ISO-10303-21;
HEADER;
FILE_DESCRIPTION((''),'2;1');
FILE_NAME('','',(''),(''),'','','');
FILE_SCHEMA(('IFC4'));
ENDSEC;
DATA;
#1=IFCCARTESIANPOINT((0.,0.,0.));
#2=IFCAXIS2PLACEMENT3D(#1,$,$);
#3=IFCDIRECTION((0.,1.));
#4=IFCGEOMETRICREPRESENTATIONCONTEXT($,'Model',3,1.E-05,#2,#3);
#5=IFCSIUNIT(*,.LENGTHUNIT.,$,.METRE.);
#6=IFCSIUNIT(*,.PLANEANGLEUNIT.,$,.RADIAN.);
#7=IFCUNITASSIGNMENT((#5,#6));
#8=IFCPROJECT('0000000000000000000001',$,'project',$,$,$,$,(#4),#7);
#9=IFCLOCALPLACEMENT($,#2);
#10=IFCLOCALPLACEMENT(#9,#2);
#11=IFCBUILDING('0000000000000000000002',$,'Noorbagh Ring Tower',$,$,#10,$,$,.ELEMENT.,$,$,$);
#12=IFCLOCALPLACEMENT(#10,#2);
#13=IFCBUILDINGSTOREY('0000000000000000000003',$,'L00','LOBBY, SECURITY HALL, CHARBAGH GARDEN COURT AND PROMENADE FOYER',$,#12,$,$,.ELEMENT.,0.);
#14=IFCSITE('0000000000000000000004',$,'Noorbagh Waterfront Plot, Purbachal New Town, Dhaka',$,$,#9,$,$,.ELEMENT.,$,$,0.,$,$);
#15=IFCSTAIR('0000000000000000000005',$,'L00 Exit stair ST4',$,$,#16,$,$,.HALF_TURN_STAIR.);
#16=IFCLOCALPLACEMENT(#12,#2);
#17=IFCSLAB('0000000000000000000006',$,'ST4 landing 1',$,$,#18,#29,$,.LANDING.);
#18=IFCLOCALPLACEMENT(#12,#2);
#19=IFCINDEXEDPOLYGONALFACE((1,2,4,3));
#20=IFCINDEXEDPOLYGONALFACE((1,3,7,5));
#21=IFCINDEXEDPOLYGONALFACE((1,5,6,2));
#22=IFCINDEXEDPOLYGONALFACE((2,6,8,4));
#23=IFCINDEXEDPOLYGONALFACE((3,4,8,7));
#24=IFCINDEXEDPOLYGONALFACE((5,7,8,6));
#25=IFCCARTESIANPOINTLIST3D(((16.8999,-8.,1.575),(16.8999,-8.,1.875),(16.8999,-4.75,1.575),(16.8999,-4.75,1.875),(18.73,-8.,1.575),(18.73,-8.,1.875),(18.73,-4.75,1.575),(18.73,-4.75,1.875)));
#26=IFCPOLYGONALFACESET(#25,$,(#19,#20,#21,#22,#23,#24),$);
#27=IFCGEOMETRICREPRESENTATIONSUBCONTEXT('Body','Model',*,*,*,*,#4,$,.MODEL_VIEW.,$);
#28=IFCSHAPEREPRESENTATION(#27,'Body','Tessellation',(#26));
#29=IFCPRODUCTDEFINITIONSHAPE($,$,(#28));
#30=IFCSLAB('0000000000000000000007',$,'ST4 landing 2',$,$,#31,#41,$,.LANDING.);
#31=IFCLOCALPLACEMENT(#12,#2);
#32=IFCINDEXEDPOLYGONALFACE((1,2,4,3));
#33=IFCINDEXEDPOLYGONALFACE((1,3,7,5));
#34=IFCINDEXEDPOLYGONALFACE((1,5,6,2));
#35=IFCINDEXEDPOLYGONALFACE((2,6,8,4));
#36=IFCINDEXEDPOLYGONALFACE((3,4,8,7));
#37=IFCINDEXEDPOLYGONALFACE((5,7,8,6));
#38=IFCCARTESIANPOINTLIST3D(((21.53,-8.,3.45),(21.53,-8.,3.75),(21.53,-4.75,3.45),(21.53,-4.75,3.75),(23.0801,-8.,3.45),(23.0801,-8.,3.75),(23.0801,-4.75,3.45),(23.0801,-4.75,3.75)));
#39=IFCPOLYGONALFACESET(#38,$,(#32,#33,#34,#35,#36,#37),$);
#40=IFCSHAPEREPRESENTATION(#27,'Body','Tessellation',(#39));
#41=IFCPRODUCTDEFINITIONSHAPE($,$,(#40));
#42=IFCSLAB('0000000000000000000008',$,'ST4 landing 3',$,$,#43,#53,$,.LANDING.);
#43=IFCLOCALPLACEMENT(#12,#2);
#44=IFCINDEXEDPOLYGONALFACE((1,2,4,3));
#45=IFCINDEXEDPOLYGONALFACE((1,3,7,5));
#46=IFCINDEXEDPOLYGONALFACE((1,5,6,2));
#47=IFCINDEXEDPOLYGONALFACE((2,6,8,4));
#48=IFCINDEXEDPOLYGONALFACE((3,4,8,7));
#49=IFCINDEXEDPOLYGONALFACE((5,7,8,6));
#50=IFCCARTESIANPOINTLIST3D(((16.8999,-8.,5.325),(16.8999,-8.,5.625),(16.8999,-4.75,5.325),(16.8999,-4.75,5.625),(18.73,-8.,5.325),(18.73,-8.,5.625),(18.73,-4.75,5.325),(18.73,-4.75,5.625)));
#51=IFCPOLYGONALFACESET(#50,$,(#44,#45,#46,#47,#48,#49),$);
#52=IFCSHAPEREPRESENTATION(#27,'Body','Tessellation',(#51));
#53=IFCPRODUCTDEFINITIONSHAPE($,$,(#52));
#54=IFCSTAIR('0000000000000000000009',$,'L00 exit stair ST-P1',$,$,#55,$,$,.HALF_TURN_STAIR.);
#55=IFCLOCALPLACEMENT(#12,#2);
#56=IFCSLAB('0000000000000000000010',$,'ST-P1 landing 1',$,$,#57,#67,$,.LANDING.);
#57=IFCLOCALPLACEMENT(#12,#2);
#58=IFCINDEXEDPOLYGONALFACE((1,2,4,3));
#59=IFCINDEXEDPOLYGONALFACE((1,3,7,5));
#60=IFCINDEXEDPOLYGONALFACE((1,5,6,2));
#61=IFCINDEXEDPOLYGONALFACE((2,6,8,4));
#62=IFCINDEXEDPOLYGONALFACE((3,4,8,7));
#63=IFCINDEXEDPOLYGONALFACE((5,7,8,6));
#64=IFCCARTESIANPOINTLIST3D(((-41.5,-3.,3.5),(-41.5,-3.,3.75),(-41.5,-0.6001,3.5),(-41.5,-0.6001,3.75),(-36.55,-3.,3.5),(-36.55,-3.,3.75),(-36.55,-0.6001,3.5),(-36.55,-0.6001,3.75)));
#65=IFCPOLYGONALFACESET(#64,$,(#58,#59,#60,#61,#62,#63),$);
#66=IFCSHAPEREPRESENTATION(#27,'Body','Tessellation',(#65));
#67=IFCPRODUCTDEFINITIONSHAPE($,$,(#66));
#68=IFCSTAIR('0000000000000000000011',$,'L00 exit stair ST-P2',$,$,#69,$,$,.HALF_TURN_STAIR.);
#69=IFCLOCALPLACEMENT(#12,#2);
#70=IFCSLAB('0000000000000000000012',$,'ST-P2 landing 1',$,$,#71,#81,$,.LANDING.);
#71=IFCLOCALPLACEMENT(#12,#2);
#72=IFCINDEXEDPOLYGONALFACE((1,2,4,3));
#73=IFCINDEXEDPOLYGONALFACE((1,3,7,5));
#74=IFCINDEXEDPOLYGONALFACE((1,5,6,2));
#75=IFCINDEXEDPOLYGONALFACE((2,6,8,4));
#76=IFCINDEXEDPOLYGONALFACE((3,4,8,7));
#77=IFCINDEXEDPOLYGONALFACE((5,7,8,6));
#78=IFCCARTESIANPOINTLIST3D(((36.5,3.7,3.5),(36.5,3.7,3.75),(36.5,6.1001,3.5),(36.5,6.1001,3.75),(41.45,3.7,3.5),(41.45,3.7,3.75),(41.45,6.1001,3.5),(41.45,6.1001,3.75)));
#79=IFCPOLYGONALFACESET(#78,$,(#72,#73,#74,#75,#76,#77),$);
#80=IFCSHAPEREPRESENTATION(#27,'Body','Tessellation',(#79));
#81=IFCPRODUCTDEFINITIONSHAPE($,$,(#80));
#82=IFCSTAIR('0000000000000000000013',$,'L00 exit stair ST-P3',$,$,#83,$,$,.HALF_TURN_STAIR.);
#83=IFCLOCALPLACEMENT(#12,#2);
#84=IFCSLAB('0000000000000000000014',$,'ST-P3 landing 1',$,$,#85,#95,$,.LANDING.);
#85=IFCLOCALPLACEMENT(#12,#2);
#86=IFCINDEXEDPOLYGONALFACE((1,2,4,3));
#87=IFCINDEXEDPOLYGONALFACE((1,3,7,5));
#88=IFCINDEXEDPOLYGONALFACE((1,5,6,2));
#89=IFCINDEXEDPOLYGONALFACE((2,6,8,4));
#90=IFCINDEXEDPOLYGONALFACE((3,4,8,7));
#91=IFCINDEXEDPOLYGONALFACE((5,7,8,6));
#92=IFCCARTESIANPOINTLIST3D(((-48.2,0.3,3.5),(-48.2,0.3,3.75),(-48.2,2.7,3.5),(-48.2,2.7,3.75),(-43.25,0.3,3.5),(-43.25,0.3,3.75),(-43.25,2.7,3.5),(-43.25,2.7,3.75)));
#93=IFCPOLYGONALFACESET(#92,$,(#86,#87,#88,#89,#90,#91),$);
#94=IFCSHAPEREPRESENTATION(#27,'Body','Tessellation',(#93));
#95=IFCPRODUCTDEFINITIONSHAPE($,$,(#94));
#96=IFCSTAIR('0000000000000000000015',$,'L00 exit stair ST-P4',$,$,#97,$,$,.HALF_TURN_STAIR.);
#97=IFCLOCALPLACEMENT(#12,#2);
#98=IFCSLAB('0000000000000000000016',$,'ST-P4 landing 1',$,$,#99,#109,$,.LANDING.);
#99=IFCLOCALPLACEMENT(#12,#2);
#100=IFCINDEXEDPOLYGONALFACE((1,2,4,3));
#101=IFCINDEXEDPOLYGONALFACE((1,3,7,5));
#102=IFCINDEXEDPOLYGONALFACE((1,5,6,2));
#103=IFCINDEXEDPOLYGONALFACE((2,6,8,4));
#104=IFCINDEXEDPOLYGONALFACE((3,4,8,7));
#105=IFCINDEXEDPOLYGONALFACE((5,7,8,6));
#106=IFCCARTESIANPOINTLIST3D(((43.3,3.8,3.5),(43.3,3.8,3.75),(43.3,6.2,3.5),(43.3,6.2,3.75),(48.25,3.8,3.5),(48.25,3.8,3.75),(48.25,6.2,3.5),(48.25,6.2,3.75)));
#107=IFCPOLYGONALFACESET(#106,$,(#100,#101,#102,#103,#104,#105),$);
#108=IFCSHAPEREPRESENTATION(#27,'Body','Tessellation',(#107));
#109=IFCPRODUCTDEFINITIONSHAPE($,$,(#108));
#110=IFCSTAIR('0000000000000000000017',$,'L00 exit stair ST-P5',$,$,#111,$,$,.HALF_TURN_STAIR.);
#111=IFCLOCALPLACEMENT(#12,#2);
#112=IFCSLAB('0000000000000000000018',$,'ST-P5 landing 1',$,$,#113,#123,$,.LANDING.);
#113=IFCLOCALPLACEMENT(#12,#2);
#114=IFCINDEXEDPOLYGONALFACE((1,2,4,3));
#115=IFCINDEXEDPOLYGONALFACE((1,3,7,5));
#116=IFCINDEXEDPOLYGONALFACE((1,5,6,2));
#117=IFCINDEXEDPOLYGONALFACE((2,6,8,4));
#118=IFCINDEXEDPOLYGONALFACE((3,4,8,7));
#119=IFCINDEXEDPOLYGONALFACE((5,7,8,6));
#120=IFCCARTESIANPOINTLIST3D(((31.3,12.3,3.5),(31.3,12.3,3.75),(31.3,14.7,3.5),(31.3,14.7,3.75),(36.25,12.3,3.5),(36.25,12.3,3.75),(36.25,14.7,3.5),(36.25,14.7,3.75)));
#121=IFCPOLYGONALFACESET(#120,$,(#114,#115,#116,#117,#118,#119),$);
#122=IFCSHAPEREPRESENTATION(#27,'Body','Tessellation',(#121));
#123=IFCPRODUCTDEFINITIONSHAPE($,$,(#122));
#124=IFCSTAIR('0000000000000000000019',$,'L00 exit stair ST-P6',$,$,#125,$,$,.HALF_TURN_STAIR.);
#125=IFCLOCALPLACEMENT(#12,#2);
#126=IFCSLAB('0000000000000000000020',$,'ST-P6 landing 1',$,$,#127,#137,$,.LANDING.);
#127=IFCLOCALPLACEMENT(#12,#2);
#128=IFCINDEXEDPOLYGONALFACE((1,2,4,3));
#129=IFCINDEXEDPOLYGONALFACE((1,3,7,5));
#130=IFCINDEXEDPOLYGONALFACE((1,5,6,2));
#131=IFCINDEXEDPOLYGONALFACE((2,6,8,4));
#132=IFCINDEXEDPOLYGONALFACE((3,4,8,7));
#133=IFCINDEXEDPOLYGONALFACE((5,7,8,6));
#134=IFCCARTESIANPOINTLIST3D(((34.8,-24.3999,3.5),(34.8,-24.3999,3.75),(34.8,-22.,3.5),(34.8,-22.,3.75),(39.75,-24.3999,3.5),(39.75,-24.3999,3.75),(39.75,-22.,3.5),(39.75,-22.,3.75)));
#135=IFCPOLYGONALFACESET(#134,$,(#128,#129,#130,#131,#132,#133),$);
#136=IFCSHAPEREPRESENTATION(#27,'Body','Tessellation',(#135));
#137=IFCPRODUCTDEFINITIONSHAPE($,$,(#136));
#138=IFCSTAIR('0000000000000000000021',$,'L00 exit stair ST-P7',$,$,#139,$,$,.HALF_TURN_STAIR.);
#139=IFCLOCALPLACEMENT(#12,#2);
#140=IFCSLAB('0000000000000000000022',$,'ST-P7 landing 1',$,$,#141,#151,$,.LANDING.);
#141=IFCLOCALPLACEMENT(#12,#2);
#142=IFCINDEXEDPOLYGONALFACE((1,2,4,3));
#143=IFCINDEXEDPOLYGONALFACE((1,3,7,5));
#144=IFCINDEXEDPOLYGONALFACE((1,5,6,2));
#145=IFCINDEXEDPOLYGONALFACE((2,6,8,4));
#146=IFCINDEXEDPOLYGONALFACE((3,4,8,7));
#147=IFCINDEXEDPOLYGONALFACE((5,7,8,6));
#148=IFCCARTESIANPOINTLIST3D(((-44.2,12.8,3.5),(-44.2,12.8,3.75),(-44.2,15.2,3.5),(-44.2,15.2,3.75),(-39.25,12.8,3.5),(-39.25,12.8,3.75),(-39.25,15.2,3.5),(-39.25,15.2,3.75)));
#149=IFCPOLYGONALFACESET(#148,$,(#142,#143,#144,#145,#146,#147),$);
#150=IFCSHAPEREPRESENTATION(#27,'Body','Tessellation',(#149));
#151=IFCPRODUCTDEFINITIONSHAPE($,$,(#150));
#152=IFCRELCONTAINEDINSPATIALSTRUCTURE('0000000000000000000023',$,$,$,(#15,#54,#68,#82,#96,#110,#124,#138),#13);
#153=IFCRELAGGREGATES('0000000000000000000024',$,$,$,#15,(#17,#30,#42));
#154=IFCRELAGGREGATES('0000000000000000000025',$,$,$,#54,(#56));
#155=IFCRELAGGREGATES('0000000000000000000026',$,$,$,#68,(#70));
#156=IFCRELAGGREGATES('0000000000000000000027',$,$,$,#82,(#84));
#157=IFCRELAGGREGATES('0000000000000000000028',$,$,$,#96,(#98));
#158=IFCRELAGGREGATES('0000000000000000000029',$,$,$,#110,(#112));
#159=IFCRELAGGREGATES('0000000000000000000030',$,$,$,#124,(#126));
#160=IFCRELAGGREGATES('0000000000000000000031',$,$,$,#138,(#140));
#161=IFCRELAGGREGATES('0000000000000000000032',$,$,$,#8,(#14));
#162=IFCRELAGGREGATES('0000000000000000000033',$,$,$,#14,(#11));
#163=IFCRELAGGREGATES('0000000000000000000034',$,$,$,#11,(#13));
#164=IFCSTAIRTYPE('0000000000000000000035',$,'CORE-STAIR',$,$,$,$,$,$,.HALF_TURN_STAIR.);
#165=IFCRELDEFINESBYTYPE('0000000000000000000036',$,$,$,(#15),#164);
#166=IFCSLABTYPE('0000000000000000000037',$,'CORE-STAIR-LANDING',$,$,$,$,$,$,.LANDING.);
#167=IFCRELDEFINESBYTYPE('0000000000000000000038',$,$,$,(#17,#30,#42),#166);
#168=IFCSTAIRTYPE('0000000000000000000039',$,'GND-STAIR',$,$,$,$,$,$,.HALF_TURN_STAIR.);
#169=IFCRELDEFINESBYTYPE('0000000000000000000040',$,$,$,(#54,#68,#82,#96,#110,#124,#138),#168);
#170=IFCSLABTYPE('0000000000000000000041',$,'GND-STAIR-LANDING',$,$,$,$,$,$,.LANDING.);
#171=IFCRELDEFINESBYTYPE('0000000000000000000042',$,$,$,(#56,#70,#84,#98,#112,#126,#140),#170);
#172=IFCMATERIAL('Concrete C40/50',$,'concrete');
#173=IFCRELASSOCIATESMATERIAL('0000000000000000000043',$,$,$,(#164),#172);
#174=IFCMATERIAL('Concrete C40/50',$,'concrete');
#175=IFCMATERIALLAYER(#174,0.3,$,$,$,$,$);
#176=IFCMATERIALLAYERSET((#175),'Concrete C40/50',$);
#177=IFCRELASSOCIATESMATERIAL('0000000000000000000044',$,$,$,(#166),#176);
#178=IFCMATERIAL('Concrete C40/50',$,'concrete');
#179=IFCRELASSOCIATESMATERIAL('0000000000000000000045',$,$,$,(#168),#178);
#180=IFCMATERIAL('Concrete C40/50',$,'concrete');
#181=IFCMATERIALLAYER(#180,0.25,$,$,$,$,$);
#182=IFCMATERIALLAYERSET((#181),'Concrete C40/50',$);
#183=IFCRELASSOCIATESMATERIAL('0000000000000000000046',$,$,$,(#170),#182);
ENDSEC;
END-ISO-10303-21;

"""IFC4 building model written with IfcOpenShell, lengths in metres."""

from ifc_helpers import new_model, si_unit, direction, frame, origin, place, context, subcontext, project, spatial, polyline, outline, extrude, material, layer, layer_set, type_object, element, aggregate, save


model = new_model("IFC4")

# Units and contexts
model_context = context("Model", 3, precision=1e-05, world=origin(), true_north=direction((0.0, 1.0)))
body_context = subcontext(model_context, "Body", "Model", "MODEL_VIEW")
ifc_project = project(units=[si_unit("LENGTHUNIT", "METRE"), si_unit("PLANEANGLEUNIT", "RADIAN")], contexts=[model_context])

# Site, building, storey
site_placement = place(None, origin())
site = spatial("IfcSite", under=ifc_project, at=site_placement, Name="Noorbagh Waterfront Plot, Purbachal New Town, Dhaka", CompositionType="ELEMENT", RefElevation=0.0)
building_placement = place(site_placement, origin())
building = spatial("IfcBuilding", under=site, at=building_placement, Name="Noorbagh Ring Tower", CompositionType="ELEMENT")
storey_placement = place(building_placement, origin())
storey = spatial("IfcBuildingStorey", under=building, at=storey_placement, Name="L00", Description="LOBBY, SECURITY HALL, CHARBAGH GARDEN COURT AND PROMENADE FOYER", CompositionType="ELEMENT", Elevation=0.0)

# Stair, slabs
ifc_material_1 = material(Name="Concrete C40/50", Category="concrete")
stair_type_1 = type_object("IfcStairType", Name="CORE-STAIR", PredefinedType="HALF_TURN_STAIR", material=ifc_material_1)
ifc_material_2 = material(Name="Concrete C40/50", Category="concrete")
ifc_layer_1 = layer(ifc_material_2, 0.3)
ifc_layer_set_1 = layer_set([ifc_layer_1], Name="Concrete C40/50")
slab_type_1 = type_object("IfcSlabType", Name="CORE-STAIR-LANDING", PredefinedType="LANDING", material=ifc_layer_set_1)
stair_1_placement = place(storey_placement, origin())
stair_1 = element("IfcStair", 1, at=stair_1_placement, inside=storey, type_object=stair_type_1, Name="L00 Exit stair ST4", PredefinedType="HALF_TURN_STAIR")
slab_1_placement = place(storey_placement, frame((0.0, 0.0, 1.575)))
slab_1 = element("IfcSlab", 2, at=slab_1_placement, type_object=slab_type_1, Name="ST4 landing 1", PredefinedType="LANDING", context=body_context, shape_type="SweptSolid", body=[
    extrude(outline(polyline([(18.73, -4.75), (16.8999, -4.75), (16.8999, -8.0), (18.73, -8.0), (18.73, -4.75)])), origin(), (0.0, 0.0, 1.0), 0.3),
])
slab_2_placement = place(storey_placement, frame((0.0, 0.0, 3.45)))
slab_2 = element("IfcSlab", 3, at=slab_2_placement, type_object=slab_type_1, Name="ST4 landing 2", PredefinedType="LANDING", context=body_context, shape_type="SweptSolid", body=[
    extrude(outline(polyline([(23.0801, -4.75), (21.53, -4.75), (21.53, -8.0), (23.0801, -8.0), (23.0801, -4.75)])), origin(), (0.0, 0.0, 1.0), 0.3),
])
slab_3_placement = place(storey_placement, frame((0.0, 0.0, 5.325)))
slab_3 = element("IfcSlab", 4, at=slab_3_placement, type_object=slab_type_1, Name="ST4 landing 3", PredefinedType="LANDING", context=body_context, shape_type="SweptSolid", body=[
    extrude(outline(polyline([(18.73, -4.75), (16.8999, -4.75), (16.8999, -8.0), (18.73, -8.0), (18.73, -4.75)])), origin(), (0.0, 0.0, 1.0), 0.3),
])
aggregate(stair_1, [slab_1, slab_2, slab_3])

# Stairs, slabs
ifc_material_3 = material(Name="Concrete C40/50", Category="concrete")
stair_type_2 = type_object("IfcStairType", Name="GND-STAIR", PredefinedType="HALF_TURN_STAIR", material=ifc_material_3)
stair_2_placement = place(storey_placement, origin())
stair_2 = element("IfcStair", 5, at=stair_2_placement, inside=storey, type_object=stair_type_2, Name="L00 exit stair ST-P1", PredefinedType="HALF_TURN_STAIR")
ifc_material_4 = material(Name="Concrete C40/50", Category="concrete")
ifc_layer_2 = layer(ifc_material_4, 0.25)
ifc_layer_set_2 = layer_set([ifc_layer_2], Name="Concrete C40/50")
slab_type_2 = type_object("IfcSlabType", Name="GND-STAIR-LANDING", PredefinedType="LANDING", material=ifc_layer_set_2)
slab_4_placement = place(storey_placement, frame((0.0, 0.0, 3.5)))
slab_4 = element("IfcSlab", 6, at=slab_4_placement, type_object=slab_type_2, Name="ST-P1 landing 1", PredefinedType="LANDING", context=body_context, shape_type="SweptSolid", body=[
    extrude(outline(polyline([(-36.55, -3.0), (-36.55, -0.6001), (-41.5, -0.6001), (-41.5, -3.0), (-36.55, -3.0)])), origin(), (0.0, 0.0, 1.0), 0.25),
])
aggregate(stair_2, [slab_4])
stair_3_placement = place(storey_placement, origin())
stair_3 = element("IfcStair", 7, at=stair_3_placement, inside=storey, type_object=stair_type_2, Name="L00 exit stair ST-P2", PredefinedType="HALF_TURN_STAIR")
slab_5_placement = place(storey_placement, frame((0.0, 0.0, 3.5)))
slab_5 = element("IfcSlab", 8, at=slab_5_placement, type_object=slab_type_2, Name="ST-P2 landing 1", PredefinedType="LANDING", context=body_context, shape_type="SweptSolid", body=[
    extrude(outline(polyline([(41.45, 3.7), (41.45, 6.1001), (36.5, 6.1001), (36.5, 3.7), (41.45, 3.7)])), origin(), (0.0, 0.0, 1.0), 0.25),
])
aggregate(stair_3, [slab_5])
stair_4_placement = place(storey_placement, origin())
stair_4 = element("IfcStair", 9, at=stair_4_placement, inside=storey, type_object=stair_type_2, Name="L00 exit stair ST-P3", PredefinedType="HALF_TURN_STAIR")
slab_6_placement = place(storey_placement, frame((0.0, 0.0, 3.5)))
slab_6 = element("IfcSlab", 10, at=slab_6_placement, type_object=slab_type_2, Name="ST-P3 landing 1", PredefinedType="LANDING", context=body_context, shape_type="SweptSolid", body=[
    extrude(outline(polyline([(-43.25, 0.3), (-43.25, 2.7), (-48.2, 2.7), (-48.2, 0.3), (-43.25, 0.3)])), origin(), (0.0, 0.0, 1.0), 0.25),
])
aggregate(stair_4, [slab_6])
stair_5_placement = place(storey_placement, origin())
stair_5 = element("IfcStair", 11, at=stair_5_placement, inside=storey, type_object=stair_type_2, Name="L00 exit stair ST-P4", PredefinedType="HALF_TURN_STAIR")
slab_7_placement = place(storey_placement, frame((0.0, 0.0, 3.5)))
slab_7 = element("IfcSlab", 12, at=slab_7_placement, type_object=slab_type_2, Name="ST-P4 landing 1", PredefinedType="LANDING", context=body_context, shape_type="SweptSolid", body=[
    extrude(outline(polyline([(48.25, 3.8), (48.25, 6.2), (43.3, 6.2), (43.3, 3.8), (48.25, 3.8)])), origin(), (0.0, 0.0, 1.0), 0.25),
])
aggregate(stair_5, [slab_7])
stair_6_placement = place(storey_placement, origin())
stair_6 = element("IfcStair", 13, at=stair_6_placement, inside=storey, type_object=stair_type_2, Name="L00 exit stair ST-P5", PredefinedType="HALF_TURN_STAIR")
slab_8_placement = place(storey_placement, frame((0.0, 0.0, 3.5)))
slab_8 = element("IfcSlab", 14, at=slab_8_placement, type_object=slab_type_2, Name="ST-P5 landing 1", PredefinedType="LANDING", context=body_context, shape_type="SweptSolid", body=[
    extrude(outline(polyline([(31.3, 14.7), (31.3, 12.3), (36.25, 12.3), (36.25, 14.7), (31.3, 14.7)])), origin(), (0.0, 0.0, 1.0), 0.25),
])
aggregate(stair_6, [slab_8])
stair_7_placement = place(storey_placement, origin())
stair_7 = element("IfcStair", 15, at=stair_7_placement, inside=storey, type_object=stair_type_2, Name="L00 exit stair ST-P6", PredefinedType="HALF_TURN_STAIR")
slab_9_placement = place(storey_placement, frame((0.0, 0.0, 3.5)))
slab_9 = element("IfcSlab", 16, at=slab_9_placement, type_object=slab_type_2, Name="ST-P6 landing 1", PredefinedType="LANDING", context=body_context, shape_type="SweptSolid", body=[
    extrude(outline(polyline([(34.8, -22.0), (34.8, -24.3999), (39.75, -24.3999), (39.75, -22.0), (34.8, -22.0)])), origin(), (0.0, 0.0, 1.0), 0.25),
])
aggregate(stair_7, [slab_9])
stair_8_placement = place(storey_placement, origin())
stair_8 = element("IfcStair", 17, at=stair_8_placement, inside=storey, type_object=stair_type_2, Name="L00 exit stair ST-P7", PredefinedType="HALF_TURN_STAIR")
slab_10_placement = place(storey_placement, frame((0.0, 0.0, 3.5)))
slab_10 = element("IfcSlab", 18, at=slab_10_placement, type_object=slab_type_2, Name="ST-P7 landing 1", PredefinedType="LANDING", context=body_context, shape_type="SweptSolid", body=[
    extrude(outline(polyline([(-39.25, 12.8), (-39.25, 15.2), (-44.2, 15.2), (-44.2, 12.8), (-39.25, 12.8)])), origin(), (0.0, 0.0, 1.0), 0.25),
])
aggregate(stair_8, [slab_10])

save(model, "model.ifc")
